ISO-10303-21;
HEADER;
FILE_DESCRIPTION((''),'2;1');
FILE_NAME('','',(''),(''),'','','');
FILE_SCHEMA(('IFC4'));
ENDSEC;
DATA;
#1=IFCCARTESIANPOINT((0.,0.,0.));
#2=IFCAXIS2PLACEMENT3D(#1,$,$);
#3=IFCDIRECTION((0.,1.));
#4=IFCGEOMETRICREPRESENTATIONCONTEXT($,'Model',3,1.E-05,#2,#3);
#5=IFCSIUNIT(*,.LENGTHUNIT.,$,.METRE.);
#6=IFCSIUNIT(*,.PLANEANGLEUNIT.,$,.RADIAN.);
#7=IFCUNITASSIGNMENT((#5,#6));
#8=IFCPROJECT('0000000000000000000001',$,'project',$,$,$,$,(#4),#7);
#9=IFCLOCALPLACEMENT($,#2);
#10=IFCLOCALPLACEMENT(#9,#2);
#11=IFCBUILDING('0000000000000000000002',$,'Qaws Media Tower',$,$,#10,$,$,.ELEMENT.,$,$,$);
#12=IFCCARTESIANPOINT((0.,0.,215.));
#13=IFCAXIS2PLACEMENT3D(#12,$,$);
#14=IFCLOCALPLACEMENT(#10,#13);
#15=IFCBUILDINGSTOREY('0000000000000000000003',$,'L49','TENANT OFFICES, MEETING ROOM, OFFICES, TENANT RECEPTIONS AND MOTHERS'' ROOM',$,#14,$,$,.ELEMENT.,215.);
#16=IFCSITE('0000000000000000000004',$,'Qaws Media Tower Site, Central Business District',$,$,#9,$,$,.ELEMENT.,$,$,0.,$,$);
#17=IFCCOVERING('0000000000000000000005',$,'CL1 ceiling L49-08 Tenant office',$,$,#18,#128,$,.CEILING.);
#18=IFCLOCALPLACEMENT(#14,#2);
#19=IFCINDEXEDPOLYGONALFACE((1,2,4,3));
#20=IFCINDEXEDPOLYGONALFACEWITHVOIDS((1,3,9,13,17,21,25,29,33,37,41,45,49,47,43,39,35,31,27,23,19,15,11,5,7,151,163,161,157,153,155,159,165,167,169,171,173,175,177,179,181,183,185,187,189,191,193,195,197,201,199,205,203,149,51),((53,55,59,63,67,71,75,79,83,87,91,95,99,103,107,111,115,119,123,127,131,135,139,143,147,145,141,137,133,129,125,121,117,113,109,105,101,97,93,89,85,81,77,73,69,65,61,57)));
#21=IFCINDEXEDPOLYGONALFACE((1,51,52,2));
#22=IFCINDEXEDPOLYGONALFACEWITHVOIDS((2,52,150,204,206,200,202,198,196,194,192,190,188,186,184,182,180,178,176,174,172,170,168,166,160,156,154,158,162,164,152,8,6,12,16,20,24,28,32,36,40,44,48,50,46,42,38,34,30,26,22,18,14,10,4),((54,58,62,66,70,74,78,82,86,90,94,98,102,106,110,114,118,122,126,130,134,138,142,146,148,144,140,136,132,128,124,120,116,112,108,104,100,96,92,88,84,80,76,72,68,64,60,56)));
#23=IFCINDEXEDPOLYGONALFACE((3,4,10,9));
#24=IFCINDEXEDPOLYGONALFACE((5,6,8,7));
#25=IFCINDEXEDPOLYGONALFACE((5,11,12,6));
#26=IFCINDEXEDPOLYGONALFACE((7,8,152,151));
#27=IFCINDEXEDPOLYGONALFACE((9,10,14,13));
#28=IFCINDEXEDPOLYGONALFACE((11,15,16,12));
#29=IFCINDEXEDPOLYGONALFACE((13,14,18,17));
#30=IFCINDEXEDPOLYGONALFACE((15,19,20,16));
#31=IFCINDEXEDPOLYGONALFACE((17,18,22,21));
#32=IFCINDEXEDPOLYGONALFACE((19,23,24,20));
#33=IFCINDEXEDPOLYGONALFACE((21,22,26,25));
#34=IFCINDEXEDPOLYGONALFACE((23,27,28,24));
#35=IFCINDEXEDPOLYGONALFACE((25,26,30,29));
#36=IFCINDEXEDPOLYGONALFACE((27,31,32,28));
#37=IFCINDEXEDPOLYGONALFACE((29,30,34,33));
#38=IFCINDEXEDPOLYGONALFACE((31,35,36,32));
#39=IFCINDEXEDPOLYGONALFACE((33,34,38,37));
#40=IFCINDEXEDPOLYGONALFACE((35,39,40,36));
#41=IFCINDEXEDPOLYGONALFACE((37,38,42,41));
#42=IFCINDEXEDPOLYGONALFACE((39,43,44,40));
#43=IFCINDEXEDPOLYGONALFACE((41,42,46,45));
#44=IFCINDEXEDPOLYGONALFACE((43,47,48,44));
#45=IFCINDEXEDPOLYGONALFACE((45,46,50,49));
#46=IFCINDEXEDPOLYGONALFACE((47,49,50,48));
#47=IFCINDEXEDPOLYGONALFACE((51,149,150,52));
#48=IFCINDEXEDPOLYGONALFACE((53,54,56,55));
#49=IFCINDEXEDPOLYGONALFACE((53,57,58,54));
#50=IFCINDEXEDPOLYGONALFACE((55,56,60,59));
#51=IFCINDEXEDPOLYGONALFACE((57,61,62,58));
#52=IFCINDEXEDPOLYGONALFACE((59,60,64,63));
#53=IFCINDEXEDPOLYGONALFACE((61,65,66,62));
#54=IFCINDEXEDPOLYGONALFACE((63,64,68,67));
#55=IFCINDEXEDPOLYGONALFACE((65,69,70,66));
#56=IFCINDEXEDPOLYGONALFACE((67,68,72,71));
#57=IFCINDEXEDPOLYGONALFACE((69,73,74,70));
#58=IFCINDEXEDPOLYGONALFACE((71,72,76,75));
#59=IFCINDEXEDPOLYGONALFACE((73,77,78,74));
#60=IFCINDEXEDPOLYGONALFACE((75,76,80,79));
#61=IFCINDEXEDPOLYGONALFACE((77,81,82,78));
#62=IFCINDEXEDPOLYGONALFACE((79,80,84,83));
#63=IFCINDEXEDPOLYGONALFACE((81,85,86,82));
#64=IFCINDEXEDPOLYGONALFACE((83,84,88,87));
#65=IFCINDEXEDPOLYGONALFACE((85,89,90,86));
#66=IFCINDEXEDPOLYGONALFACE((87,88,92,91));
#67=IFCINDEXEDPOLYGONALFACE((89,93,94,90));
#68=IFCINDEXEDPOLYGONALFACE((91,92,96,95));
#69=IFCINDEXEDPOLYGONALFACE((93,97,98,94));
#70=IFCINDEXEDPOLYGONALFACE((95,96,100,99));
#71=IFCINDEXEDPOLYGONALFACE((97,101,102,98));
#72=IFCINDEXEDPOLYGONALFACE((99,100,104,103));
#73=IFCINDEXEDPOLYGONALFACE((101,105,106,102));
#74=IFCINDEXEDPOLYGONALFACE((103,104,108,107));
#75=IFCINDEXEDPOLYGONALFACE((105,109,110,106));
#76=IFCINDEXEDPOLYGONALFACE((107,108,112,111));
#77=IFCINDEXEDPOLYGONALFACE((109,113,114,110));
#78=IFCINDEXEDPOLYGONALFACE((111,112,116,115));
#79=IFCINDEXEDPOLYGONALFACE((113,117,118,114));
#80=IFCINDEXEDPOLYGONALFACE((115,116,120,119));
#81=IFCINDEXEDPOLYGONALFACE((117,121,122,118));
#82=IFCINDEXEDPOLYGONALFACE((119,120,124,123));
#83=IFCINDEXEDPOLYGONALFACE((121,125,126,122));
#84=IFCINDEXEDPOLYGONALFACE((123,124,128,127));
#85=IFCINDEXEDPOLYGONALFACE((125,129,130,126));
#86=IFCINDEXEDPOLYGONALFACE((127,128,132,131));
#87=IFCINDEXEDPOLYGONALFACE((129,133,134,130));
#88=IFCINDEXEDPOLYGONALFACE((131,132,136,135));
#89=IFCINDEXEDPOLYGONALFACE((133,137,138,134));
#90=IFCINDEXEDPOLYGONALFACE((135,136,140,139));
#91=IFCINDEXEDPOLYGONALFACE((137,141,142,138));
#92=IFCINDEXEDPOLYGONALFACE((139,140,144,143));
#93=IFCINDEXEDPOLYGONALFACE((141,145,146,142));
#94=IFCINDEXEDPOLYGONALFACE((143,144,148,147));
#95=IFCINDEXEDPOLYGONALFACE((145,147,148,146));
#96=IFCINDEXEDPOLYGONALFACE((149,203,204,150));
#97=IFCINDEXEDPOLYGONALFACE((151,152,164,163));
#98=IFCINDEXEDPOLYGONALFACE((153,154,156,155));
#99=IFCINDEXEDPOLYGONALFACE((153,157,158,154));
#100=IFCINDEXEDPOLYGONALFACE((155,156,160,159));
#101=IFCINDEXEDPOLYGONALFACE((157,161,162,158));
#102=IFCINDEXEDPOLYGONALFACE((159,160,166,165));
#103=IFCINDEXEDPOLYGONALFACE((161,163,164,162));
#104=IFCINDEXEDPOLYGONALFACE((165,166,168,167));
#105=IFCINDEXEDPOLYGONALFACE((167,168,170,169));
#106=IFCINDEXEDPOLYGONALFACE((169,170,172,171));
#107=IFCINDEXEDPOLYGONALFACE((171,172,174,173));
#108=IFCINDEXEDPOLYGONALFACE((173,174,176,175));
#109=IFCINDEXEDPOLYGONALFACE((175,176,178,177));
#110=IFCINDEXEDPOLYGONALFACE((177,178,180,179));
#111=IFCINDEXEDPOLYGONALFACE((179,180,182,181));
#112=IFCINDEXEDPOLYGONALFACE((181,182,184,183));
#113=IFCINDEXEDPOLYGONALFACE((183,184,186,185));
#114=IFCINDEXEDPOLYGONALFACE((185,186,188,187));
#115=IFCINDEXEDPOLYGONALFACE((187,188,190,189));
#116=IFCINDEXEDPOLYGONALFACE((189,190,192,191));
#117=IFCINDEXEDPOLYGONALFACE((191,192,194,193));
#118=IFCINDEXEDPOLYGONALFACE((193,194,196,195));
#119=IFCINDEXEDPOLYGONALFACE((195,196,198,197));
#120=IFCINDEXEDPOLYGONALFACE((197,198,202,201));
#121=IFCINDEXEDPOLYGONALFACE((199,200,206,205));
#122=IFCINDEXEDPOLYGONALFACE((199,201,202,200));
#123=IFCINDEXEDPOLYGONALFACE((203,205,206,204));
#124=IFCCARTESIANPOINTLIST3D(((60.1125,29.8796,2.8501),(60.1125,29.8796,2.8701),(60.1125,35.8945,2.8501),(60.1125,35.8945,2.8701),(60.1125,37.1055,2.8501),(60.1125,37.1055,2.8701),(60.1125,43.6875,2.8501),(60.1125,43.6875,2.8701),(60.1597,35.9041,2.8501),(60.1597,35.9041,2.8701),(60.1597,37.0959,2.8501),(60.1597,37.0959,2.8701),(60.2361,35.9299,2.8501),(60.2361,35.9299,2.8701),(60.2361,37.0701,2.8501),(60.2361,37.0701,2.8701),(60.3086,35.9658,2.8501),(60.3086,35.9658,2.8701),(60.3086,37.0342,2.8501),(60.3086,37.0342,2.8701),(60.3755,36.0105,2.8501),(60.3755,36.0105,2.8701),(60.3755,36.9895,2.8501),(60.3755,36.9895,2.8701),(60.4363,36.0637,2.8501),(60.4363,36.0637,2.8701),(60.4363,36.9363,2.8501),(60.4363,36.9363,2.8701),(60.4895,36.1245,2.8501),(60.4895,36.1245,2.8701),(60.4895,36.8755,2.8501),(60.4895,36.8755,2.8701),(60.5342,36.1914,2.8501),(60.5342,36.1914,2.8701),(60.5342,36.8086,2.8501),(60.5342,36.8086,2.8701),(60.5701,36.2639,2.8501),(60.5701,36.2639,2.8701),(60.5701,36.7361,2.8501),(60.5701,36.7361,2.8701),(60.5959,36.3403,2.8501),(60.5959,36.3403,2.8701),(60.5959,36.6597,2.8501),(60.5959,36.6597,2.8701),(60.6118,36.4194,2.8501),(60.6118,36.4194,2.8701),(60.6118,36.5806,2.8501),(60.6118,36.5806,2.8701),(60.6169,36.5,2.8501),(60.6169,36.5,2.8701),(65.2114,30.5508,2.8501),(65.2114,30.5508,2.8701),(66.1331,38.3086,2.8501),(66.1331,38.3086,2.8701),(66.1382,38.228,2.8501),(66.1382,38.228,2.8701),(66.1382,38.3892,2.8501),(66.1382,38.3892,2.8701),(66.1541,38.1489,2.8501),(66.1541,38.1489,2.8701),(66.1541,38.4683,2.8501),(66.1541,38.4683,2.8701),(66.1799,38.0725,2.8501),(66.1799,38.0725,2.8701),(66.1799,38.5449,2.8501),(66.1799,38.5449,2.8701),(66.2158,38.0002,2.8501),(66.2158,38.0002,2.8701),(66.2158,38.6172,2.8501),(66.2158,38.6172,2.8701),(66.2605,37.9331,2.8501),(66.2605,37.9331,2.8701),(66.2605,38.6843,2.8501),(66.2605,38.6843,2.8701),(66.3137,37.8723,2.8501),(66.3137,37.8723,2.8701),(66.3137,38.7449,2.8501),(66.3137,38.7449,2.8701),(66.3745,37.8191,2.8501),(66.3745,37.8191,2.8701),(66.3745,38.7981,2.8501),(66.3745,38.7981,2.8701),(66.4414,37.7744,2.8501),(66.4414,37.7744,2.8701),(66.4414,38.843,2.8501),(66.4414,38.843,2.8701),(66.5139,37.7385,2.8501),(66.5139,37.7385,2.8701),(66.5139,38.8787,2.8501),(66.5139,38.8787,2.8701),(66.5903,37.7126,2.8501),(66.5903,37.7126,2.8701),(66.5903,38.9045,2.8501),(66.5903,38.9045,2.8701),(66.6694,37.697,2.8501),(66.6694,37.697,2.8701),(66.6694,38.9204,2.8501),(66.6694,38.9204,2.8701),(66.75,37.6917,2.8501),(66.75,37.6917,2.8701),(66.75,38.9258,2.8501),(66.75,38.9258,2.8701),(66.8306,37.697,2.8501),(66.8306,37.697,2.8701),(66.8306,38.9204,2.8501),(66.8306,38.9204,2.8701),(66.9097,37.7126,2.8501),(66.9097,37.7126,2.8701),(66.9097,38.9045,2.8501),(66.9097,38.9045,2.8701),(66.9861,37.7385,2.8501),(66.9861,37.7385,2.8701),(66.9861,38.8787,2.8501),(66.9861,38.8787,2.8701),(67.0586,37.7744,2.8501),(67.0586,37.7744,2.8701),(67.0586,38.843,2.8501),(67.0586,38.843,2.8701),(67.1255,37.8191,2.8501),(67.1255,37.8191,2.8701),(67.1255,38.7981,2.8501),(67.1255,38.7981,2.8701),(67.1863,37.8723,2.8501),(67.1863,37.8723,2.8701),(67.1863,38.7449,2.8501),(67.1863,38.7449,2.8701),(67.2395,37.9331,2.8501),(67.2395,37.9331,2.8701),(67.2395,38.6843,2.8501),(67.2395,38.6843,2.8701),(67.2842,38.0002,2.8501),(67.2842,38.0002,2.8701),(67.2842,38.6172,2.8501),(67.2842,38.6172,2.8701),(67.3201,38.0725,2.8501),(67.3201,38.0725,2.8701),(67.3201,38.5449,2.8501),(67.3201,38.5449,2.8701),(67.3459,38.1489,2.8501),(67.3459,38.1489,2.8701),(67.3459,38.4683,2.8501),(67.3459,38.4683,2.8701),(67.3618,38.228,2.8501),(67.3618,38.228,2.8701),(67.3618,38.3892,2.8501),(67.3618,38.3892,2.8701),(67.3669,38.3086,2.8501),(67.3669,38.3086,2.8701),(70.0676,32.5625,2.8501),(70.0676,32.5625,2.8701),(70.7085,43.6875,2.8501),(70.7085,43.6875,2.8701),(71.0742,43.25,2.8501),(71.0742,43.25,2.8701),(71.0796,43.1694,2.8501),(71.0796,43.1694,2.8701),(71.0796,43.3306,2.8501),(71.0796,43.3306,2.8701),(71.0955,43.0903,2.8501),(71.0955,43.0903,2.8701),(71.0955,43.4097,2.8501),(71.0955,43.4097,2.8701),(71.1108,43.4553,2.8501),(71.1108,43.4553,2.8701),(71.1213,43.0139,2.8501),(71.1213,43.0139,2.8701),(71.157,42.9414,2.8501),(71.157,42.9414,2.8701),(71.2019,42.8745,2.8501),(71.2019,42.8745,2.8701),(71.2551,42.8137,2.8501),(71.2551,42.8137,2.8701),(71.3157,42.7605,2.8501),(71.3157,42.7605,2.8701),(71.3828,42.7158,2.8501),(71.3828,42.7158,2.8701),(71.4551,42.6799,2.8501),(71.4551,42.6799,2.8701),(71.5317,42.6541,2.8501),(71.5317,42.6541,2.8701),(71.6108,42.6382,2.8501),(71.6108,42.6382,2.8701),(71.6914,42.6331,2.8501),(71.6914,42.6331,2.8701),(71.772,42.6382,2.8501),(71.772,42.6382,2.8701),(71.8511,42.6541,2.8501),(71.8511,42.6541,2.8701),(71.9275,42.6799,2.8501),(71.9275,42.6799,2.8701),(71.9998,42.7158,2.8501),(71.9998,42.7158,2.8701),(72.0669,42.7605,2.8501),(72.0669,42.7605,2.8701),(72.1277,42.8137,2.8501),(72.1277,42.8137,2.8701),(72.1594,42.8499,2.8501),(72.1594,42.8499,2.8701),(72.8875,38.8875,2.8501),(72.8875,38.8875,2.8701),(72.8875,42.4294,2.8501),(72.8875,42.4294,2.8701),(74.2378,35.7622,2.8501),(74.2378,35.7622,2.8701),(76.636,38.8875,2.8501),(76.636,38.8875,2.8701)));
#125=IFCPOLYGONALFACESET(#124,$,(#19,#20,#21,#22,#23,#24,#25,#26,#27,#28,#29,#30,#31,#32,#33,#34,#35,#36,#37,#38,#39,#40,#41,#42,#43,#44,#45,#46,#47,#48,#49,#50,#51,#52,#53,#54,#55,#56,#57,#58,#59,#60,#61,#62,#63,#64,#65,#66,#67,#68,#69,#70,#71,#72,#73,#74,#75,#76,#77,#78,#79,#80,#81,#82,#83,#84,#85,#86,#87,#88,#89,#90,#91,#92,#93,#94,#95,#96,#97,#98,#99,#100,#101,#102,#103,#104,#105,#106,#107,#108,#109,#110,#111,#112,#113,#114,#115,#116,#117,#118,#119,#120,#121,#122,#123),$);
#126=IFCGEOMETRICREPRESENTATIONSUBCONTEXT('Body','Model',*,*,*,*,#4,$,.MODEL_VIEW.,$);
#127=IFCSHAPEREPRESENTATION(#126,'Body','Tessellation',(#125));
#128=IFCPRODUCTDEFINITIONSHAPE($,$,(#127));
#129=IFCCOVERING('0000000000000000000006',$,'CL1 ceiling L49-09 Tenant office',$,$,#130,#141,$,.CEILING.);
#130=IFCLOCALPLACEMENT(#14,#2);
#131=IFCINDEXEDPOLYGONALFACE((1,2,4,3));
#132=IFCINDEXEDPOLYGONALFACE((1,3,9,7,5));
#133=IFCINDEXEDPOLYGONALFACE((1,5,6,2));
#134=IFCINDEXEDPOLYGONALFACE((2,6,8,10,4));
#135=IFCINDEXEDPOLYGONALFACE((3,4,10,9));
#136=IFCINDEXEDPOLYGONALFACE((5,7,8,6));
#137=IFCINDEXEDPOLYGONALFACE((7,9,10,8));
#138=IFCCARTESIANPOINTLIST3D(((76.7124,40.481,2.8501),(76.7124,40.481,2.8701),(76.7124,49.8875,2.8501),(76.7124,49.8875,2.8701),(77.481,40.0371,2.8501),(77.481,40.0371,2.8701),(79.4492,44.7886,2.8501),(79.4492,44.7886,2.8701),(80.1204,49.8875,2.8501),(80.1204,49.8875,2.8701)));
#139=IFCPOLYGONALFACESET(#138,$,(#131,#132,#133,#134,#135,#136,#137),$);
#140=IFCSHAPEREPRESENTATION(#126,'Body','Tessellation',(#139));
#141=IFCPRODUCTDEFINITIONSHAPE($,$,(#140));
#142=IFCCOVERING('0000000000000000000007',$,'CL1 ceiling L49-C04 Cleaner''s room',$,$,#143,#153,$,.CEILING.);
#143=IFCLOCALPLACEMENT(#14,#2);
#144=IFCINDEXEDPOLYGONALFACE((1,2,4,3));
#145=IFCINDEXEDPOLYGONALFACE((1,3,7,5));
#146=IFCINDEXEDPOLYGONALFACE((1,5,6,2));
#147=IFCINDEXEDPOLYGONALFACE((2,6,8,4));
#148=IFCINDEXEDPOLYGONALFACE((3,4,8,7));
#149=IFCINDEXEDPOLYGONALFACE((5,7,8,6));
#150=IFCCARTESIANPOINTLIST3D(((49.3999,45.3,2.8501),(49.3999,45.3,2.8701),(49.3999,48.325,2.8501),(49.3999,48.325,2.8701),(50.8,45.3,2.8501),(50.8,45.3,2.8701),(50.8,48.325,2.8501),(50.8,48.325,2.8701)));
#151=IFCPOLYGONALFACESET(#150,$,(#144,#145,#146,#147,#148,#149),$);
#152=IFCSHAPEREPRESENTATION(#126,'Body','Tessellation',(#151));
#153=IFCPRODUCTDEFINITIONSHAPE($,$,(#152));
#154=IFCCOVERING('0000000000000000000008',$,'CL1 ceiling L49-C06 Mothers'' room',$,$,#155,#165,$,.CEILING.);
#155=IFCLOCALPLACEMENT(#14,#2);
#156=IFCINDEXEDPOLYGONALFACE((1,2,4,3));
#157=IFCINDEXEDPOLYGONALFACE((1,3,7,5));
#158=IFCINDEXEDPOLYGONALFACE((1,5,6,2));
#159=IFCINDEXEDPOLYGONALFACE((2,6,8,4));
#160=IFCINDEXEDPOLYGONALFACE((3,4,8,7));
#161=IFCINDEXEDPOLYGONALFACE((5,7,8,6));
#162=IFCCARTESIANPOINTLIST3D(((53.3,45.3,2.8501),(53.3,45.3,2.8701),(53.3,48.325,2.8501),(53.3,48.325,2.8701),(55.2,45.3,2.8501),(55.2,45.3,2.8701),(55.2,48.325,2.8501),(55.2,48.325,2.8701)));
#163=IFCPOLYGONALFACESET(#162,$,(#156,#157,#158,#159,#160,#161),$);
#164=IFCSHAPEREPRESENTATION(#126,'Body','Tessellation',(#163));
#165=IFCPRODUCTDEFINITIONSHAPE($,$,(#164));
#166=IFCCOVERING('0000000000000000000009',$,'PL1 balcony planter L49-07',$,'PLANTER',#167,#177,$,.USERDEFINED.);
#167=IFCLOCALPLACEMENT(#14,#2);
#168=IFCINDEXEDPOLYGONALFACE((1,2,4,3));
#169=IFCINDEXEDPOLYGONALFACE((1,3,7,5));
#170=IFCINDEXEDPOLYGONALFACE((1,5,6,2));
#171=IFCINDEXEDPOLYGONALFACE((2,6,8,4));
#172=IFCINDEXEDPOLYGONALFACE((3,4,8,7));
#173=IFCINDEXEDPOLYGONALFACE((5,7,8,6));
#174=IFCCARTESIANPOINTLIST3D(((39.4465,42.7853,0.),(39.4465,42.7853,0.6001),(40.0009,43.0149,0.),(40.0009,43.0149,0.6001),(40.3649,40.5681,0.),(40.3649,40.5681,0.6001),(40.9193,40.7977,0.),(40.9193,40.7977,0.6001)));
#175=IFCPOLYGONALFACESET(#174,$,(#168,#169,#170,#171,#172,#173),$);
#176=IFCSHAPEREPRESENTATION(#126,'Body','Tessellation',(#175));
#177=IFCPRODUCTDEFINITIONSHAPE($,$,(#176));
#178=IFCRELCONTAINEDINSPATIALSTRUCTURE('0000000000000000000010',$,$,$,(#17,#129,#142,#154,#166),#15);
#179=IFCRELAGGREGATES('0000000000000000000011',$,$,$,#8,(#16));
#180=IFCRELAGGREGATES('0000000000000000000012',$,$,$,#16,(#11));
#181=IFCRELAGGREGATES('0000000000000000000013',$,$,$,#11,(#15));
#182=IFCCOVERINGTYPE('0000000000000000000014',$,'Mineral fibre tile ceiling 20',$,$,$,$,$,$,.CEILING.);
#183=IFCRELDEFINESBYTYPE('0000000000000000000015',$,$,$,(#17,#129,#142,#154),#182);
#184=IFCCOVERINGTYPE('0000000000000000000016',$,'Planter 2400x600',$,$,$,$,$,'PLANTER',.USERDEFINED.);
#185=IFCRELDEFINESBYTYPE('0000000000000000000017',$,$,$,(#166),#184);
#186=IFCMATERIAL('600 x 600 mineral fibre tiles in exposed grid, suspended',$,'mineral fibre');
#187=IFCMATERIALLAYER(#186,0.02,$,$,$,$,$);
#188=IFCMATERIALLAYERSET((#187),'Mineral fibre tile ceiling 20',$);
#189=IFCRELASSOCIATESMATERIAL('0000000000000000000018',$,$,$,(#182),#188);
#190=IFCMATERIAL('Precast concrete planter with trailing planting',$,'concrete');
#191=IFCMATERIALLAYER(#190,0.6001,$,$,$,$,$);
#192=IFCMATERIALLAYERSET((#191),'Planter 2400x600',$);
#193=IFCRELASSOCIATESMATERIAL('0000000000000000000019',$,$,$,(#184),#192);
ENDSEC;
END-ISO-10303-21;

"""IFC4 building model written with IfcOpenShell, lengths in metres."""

from ifc_helpers import new_model, si_unit, direction, frame, origin, origin_2d, place, context, subcontext, project, spatial, polyline, rectangle, outline, extrude, material, layer, layer_set, type_object, element, save


model = new_model("IFC4")

# Units and contexts
model_context = context("Model", 3, precision=1e-05, world=origin(), true_north=direction((0.0, 1.0)))
body_context = subcontext(model_context, "Body", "Model", "MODEL_VIEW")
ifc_project = project(units=[si_unit("LENGTHUNIT", "METRE"), si_unit("PLANEANGLEUNIT", "RADIAN")], contexts=[model_context])

# Site, building, storey
site_placement = place(None, origin())
site = spatial("IfcSite", under=ifc_project, at=site_placement, Name="Qaws Media Tower Site, Central Business District", CompositionType="ELEMENT", RefElevation=0.0)
building_placement = place(site_placement, origin())
building = spatial("IfcBuilding", under=site, at=building_placement, Name="Qaws Media Tower", CompositionType="ELEMENT")
storey_placement = place(building_placement, frame((0.0, 0.0, 215.0)))
storey = spatial("IfcBuildingStorey", under=building, at=storey_placement, Name="L49", Description="TENANT OFFICES, MEETING ROOM, OFFICES, TENANT RECEPTIONS AND MOTHERS' ROOM", CompositionType="ELEMENT", Elevation=215.0)

# Coverings
ifc_material_1 = material(Name="600 x 600 mineral fibre tiles in exposed grid, suspended", Category="mineral fibre")
ifc_layer_1 = layer(ifc_material_1, 0.02)
ifc_layer_set_1 = layer_set([ifc_layer_1], Name="Mineral fibre tile ceiling 20")
covering_type_1 = type_object("IfcCoveringType", Name="Mineral fibre tile ceiling 20", PredefinedType="CEILING", material=ifc_layer_set_1)
covering_1_placement = place(storey_placement, frame((0.0, 0.0, 2.8501)))
element("IfcCovering", 1, at=covering_1_placement, inside=storey, type_object=covering_type_1, Name="CL1 ceiling L49-08 Tenant office", PredefinedType="CEILING", context=body_context, shape_type="SweptSolid", body=[
    extrude(outline(polyline([(72.8875, 38.8875), (76.636, 38.8875), (74.2378, 35.7622), (70.0676, 32.5625), (65.2114, 30.5508), (60.1125, 29.8796), (60.1125, 35.8945), (60.1597, 35.9041), (60.2361, 35.9299), (60.3086, 35.9658), (60.3755, 36.0105), (60.4363, 36.0637), (60.4895, 36.1245), (60.5342, 36.1914), (60.5701, 36.2639), (60.5959, 36.3403), (60.6118, 36.4194), (60.6169, 36.5), (60.6118, 36.5806), (60.5959, 36.6597), (60.5701, 36.7361), (60.5342, 36.8086), (60.4895, 36.8755), (60.4363, 36.9363), (60.3755, 36.9895), (60.3086, 37.0342), (60.2361, 37.0701), (60.1597, 37.0959), (60.1125, 37.1055), (60.1125, 43.6875), (70.7085, 43.6875), (71.1108, 43.4553), (71.0955, 43.4097), (71.0796, 43.3306), (71.0742, 43.25), (71.0796, 43.1694), (71.0955, 43.0903), (71.1213, 43.0139), (71.157, 42.9414), (71.2019, 42.8745), (71.2551, 42.8137), (71.3157, 42.7605), (71.3828, 42.7158), (71.4551, 42.6799), (71.5317, 42.6541), (71.6108, 42.6382), (71.6914, 42.6331), (71.772, 42.6382), (71.8511, 42.6541), (71.9275, 42.6799), (71.9998, 42.7158), (72.0669, 42.7605), (72.1277, 42.8137), (72.1594, 42.8499), (72.8875, 42.4294), (72.8875, 38.8875)]), holes=[polyline([(67.3201, 38.0725), (67.3459, 38.1489), (67.3618, 38.228), (67.3669, 38.3086), (67.3618, 38.3892), (67.3459, 38.4683), (67.3201, 38.5449), (67.2842, 38.6172), (67.2395, 38.6843), (67.1863, 38.7449), (67.1255, 38.7981), (67.0586, 38.843), (66.9861, 38.8787), (66.9097, 38.9045), (66.8306, 38.9204), (66.75, 38.9258), (66.6694, 38.9204), (66.5903, 38.9045), (66.5139, 38.8787), (66.4414, 38.843), (66.3745, 38.7981), (66.3137, 38.7449), (66.2605, 38.6843), (66.2158, 38.6172), (66.1799, 38.5449), (66.1541, 38.4683), (66.1382, 38.3892), (66.1331, 38.3086), (66.1382, 38.228), (66.1541, 38.1489), (66.1799, 38.0725), (66.2158, 38.0002), (66.2605, 37.9331), (66.3137, 37.8723), (66.3745, 37.8191), (66.4414, 37.7744), (66.5139, 37.7385), (66.5903, 37.7126), (66.6694, 37.697), (66.75, 37.6917), (66.8306, 37.697), (66.9097, 37.7126), (66.9861, 37.7385), (67.0586, 37.7744), (67.1255, 37.8191), (67.1863, 37.8723), (67.2395, 37.9331), (67.2842, 38.0002), (67.3201, 38.0725)])]), origin(), (0.0, 0.0, 1.0), 0.02),
])
covering_2_placement = place(storey_placement, frame((0.0, 0.0, 2.8501)))
element("IfcCovering", 2, at=covering_2_placement, inside=storey, type_object=covering_type_1, Name="CL1 ceiling L49-09 Tenant office", PredefinedType="CEILING", context=body_context, shape_type="SweptSolid", body=[
    extrude(outline(polyline([(79.4492, 44.7886), (77.481, 40.0371), (76.7124, 40.481), (76.7124, 49.8875), (80.1204, 49.8875), (79.4492, 44.7886)])), origin(), (0.0, 0.0, 1.0), 0.02),
])
covering_3_placement = place(storey_placement, frame((0.0, 0.0, 2.8501)))
element("IfcCovering", 3, at=covering_3_placement, inside=storey, type_object=covering_type_1, Name="CL1 ceiling L49-C04 Cleaner's room", PredefinedType="CEILING", context=body_context, shape_type="SweptSolid", body=[
    extrude(outline(polyline([(49.3999, 45.3), (49.3999, 48.325), (50.8, 48.325), (50.8, 45.3), (49.3999, 45.3)])), origin(), (0.0, 0.0, 1.0), 0.02),
])
covering_4_placement = place(storey_placement, frame((0.0, 0.0, 2.8501)))
element("IfcCovering", 4, at=covering_4_placement, inside=storey, type_object=covering_type_1, Name="CL1 ceiling L49-C06 Mothers' room", PredefinedType="CEILING", context=body_context, shape_type="SweptSolid", body=[
    extrude(outline(polyline([(53.3, 45.3), (53.3, 48.325), (55.2, 48.325), (55.2, 45.3), (53.3, 45.3)])), origin(), (0.0, 0.0, 1.0), 0.02),
])
ifc_material_2 = material(Name="Precast concrete planter with trailing planting", Category="concrete")
ifc_layer_2 = layer(ifc_material_2, 0.6001)
ifc_layer_set_2 = layer_set([ifc_layer_2], Name="Planter 2400x600")
covering_type_2 = type_object("IfcCoveringType", Name="Planter 2400x600", ElementType="PLANTER", PredefinedType="USERDEFINED", material=ifc_layer_set_2)
covering_5_placement = place(storey_placement, frame((40.1829, 41.7915, 0.0), z_axis=(0.0, 0.0, 1.0), x_axis=(0.382683, -0.92388, 0.0)))
element("IfcCovering", 5, at=covering_5_placement, inside=storey, type_object=covering_type_2, Name="PL1 balcony planter L49-07", ObjectType="PLANTER", PredefinedType="USERDEFINED", context=body_context, shape_type="SweptSolid", body=[
    extrude(rectangle(XDim=2.3999, YDim=0.6001, at=origin_2d()), origin(), (0.0, 0.0, 1.0), 0.6001),
])

save(model, "model.ifc")
